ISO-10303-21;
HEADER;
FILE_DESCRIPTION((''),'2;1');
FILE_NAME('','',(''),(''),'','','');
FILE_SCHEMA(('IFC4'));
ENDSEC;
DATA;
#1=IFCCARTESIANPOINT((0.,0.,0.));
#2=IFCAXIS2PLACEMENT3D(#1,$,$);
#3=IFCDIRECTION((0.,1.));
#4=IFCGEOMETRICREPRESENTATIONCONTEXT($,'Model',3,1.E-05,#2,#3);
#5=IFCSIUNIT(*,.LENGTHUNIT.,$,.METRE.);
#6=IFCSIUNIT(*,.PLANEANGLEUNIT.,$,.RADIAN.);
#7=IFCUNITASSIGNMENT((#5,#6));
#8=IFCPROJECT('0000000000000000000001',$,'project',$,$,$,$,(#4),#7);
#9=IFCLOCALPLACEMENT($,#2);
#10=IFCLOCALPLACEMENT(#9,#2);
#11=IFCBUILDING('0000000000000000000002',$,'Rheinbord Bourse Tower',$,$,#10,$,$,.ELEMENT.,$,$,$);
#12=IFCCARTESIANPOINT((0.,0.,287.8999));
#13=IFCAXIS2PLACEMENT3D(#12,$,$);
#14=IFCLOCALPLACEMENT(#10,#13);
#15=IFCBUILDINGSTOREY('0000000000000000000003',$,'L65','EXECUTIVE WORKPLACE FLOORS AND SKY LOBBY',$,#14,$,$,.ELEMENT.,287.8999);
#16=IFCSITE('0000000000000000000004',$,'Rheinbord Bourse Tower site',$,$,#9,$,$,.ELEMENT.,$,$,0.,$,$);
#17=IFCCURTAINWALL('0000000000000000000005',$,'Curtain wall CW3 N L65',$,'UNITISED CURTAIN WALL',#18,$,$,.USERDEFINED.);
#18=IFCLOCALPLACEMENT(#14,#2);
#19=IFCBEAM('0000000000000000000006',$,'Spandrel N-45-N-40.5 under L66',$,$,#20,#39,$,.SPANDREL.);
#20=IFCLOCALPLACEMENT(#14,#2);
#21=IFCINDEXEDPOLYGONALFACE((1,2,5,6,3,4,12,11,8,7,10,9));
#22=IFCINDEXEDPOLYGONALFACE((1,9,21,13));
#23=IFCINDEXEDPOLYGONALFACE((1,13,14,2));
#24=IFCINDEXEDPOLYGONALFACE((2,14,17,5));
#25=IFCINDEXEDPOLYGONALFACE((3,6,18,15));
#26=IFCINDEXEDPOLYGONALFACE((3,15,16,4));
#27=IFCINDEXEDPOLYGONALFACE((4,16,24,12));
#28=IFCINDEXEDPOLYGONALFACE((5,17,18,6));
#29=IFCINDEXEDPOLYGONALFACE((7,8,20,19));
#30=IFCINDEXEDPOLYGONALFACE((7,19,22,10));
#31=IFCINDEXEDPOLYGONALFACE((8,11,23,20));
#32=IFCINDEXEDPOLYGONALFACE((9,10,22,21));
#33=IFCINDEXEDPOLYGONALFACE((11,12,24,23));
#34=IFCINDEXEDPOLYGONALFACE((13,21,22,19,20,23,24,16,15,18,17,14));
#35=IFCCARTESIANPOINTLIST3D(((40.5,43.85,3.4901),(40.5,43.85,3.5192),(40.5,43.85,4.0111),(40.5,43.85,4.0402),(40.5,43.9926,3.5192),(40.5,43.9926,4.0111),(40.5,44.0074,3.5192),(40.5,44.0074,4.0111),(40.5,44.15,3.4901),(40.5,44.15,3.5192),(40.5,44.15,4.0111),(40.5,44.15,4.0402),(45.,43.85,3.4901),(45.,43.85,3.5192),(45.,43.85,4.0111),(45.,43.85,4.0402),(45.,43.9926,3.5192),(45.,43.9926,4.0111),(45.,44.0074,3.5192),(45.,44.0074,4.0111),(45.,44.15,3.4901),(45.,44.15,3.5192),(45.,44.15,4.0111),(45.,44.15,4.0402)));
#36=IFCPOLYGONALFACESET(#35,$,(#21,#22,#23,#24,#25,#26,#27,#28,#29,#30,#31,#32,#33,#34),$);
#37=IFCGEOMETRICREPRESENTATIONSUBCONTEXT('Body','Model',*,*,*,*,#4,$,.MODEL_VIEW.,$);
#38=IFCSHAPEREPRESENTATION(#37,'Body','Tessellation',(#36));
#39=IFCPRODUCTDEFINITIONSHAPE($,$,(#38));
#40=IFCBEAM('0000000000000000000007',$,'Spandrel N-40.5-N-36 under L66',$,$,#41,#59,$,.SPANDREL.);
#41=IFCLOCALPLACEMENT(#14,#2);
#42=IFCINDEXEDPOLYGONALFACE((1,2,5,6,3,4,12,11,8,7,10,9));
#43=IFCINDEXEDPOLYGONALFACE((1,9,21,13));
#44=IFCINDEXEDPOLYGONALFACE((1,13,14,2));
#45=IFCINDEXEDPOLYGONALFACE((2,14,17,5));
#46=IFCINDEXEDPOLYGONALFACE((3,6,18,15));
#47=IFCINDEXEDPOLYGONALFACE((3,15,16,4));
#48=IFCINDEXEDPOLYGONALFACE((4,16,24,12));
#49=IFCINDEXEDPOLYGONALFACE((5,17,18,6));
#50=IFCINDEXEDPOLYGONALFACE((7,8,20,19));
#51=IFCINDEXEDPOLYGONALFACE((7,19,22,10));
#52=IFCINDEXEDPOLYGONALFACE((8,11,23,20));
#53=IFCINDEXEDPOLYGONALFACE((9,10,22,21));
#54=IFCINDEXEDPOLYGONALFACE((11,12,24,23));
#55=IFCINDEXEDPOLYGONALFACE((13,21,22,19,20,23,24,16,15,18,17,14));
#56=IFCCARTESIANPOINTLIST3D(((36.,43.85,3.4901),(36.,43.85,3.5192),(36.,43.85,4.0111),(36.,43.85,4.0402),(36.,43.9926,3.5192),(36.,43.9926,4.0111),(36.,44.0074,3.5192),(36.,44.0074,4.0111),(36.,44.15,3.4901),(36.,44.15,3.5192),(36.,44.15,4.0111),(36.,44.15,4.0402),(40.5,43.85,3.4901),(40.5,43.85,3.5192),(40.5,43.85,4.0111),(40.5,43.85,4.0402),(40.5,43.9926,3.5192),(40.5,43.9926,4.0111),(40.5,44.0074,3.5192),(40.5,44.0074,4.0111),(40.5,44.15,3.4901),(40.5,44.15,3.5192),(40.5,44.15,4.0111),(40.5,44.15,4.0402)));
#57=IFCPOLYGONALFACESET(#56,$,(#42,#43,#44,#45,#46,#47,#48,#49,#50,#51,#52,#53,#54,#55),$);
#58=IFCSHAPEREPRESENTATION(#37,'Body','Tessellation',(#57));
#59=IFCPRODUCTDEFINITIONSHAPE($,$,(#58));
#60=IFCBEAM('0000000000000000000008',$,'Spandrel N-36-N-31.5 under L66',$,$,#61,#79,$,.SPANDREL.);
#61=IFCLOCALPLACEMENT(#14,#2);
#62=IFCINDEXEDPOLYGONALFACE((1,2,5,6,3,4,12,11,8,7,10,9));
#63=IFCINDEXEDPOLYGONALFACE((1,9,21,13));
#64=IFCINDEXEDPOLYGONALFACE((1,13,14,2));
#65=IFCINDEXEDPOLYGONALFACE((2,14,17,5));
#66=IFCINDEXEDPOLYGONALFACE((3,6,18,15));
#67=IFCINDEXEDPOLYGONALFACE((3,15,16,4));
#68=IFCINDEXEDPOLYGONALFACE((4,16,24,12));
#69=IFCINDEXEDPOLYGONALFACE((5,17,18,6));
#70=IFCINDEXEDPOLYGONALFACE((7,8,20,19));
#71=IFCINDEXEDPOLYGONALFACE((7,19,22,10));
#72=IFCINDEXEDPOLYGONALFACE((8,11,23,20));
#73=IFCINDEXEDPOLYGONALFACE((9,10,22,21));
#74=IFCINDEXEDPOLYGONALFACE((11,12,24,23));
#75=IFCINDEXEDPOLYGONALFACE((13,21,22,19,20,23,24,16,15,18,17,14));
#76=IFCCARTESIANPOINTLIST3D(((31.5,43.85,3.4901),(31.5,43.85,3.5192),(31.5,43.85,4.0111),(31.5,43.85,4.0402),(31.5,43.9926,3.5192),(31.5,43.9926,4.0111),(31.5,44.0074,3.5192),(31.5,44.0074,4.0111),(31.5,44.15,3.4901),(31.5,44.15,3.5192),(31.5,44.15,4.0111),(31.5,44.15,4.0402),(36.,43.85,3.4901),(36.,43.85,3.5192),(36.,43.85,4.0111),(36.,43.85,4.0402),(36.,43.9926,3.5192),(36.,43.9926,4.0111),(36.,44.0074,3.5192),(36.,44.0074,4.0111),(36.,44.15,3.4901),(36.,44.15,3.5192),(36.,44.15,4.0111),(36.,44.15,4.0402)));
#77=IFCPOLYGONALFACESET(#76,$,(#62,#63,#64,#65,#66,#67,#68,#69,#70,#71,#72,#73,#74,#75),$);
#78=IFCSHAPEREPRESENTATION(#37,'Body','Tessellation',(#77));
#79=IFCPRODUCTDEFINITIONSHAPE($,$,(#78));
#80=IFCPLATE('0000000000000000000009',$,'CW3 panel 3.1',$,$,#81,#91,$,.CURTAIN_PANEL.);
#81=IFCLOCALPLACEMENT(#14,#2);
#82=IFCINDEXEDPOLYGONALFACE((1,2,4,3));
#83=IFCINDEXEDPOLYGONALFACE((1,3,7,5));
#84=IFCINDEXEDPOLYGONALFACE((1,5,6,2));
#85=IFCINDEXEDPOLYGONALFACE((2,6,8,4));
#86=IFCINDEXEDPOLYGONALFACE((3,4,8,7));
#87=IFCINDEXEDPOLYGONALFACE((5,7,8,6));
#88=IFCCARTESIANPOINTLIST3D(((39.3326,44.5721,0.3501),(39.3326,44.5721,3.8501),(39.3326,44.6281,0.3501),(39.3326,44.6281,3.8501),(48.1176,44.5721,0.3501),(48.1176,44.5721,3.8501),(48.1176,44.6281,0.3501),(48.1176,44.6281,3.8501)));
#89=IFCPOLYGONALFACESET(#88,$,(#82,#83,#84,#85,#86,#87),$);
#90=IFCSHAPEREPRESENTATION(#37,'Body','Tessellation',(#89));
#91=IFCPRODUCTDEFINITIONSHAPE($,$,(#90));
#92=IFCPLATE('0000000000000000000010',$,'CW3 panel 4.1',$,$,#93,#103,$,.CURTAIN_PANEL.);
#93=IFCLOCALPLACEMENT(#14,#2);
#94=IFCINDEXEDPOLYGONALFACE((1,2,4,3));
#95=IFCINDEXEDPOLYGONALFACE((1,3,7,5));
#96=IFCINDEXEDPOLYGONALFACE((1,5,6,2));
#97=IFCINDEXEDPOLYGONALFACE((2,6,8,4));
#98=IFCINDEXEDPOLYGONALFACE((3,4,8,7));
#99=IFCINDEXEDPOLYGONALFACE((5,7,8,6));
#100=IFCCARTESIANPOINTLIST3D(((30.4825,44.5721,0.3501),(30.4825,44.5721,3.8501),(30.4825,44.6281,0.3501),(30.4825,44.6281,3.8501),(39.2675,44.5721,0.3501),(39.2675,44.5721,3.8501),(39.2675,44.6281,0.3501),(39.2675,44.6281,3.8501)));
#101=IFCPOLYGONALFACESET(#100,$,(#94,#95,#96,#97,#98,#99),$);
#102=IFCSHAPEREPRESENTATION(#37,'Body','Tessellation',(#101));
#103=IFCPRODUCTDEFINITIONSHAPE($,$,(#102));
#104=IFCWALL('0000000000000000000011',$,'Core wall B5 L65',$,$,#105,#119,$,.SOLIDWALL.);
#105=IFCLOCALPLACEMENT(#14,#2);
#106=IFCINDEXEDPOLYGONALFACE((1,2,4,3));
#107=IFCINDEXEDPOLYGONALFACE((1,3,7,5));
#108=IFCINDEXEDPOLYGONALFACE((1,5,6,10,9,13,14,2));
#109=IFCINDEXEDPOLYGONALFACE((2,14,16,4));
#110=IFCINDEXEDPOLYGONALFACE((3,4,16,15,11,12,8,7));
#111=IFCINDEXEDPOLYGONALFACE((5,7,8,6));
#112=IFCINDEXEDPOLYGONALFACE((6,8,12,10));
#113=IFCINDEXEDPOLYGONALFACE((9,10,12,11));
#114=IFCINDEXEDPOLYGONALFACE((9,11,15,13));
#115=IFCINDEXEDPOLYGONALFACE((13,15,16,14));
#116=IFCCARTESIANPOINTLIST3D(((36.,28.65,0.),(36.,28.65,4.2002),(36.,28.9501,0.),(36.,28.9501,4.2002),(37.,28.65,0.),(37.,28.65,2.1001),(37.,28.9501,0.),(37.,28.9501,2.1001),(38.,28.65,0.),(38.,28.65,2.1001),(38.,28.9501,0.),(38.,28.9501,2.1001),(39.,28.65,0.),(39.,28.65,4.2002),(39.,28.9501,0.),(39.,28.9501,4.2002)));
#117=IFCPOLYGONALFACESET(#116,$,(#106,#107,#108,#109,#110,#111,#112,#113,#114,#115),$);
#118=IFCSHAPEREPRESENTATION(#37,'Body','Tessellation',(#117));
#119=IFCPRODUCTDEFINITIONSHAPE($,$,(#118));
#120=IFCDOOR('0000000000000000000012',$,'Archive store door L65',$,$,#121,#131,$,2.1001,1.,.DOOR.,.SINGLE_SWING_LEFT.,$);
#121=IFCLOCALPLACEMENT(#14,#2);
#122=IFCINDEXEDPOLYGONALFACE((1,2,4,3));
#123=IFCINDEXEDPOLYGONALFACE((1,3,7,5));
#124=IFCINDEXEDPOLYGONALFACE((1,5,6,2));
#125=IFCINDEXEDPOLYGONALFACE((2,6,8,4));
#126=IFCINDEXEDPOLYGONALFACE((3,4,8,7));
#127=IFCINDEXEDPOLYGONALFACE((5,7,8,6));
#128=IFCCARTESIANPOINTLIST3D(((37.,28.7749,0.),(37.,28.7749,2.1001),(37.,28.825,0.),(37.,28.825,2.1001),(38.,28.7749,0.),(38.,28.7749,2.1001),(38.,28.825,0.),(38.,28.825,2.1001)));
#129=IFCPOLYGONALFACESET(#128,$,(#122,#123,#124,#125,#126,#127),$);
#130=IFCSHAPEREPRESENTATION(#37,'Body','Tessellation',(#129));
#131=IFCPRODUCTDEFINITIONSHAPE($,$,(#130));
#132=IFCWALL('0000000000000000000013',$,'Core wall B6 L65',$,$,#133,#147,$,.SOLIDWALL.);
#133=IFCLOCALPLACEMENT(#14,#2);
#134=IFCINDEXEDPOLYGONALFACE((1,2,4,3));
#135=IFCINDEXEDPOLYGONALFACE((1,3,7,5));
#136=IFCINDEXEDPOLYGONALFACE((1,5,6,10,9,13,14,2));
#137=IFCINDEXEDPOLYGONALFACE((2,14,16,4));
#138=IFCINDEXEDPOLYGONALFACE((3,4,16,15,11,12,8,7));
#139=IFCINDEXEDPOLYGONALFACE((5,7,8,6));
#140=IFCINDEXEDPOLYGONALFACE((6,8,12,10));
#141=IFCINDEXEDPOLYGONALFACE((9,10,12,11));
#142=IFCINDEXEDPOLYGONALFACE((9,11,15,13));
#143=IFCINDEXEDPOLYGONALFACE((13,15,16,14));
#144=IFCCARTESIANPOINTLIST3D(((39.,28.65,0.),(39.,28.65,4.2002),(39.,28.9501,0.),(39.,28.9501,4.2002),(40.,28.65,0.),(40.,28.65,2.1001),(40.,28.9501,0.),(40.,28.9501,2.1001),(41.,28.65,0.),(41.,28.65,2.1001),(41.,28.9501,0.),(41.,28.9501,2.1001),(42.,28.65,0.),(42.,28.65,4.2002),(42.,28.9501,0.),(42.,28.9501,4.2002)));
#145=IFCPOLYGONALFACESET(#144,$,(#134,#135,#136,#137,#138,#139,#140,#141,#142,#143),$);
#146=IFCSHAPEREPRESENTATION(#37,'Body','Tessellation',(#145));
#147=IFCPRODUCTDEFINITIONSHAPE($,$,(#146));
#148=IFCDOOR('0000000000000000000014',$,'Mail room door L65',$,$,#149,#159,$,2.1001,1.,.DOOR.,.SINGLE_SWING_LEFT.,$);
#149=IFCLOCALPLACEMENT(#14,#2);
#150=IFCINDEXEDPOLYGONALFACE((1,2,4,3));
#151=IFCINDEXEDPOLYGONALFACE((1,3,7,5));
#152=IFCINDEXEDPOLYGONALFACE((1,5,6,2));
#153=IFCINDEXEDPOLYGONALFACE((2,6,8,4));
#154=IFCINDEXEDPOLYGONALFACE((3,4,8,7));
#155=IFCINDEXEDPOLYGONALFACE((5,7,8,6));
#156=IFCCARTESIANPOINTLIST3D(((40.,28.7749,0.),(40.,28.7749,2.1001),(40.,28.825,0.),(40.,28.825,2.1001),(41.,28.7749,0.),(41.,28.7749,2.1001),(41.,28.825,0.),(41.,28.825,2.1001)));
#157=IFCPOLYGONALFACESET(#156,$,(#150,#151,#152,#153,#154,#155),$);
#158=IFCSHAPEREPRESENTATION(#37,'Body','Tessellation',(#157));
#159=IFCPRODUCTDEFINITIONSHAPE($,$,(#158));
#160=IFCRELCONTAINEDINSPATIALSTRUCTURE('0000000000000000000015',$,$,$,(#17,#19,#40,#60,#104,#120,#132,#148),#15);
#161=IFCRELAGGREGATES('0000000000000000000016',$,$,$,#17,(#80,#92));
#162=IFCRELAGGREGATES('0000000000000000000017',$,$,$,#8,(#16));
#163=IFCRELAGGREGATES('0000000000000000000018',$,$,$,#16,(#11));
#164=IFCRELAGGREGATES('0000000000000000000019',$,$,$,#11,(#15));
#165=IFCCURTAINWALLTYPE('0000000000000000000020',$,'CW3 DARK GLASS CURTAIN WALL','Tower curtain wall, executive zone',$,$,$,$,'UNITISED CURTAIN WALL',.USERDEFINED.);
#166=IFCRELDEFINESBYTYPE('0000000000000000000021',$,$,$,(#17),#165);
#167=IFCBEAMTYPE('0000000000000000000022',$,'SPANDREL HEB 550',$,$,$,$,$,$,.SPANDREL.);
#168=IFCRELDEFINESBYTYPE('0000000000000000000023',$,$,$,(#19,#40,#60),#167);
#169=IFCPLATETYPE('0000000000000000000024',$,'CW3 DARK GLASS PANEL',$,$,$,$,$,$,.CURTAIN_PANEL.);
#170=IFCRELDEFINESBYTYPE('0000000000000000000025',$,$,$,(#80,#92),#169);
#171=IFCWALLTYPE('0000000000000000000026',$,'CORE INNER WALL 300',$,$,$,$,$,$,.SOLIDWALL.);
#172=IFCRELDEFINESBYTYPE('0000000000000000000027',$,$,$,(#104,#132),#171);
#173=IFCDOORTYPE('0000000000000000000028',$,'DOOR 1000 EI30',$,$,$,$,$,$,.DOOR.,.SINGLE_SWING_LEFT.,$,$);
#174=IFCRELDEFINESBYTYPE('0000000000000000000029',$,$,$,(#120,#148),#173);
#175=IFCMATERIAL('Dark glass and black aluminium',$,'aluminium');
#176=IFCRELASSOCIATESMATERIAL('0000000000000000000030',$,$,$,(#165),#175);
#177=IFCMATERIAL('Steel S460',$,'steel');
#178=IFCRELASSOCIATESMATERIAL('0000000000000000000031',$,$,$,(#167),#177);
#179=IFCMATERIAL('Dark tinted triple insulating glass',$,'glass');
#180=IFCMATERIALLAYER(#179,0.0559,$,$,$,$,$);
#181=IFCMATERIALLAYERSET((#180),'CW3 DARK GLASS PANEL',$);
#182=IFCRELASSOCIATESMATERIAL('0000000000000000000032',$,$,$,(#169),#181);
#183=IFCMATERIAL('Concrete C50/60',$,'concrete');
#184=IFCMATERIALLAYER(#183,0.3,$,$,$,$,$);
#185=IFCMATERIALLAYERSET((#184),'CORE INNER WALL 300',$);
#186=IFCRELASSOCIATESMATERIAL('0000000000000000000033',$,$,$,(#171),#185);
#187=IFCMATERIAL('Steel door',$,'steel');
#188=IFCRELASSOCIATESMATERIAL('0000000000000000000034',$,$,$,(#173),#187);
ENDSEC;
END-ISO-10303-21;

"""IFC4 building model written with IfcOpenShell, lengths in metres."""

from ifc_helpers import new_model, si_unit, direction, frame, frame_2d, origin, origin_2d, place, context, subcontext, project, spatial, rectangle, i_section, extrude, material, layer, layer_set, material_profile, profile_set, type_object, element, fill, aggregate, save


model = new_model("IFC4")

# Units and contexts
model_context = context("Model", 3, precision=1e-05, world=origin(), true_north=direction((0.0, 1.0)))
body_context = subcontext(model_context, "Body", "Model", "MODEL_VIEW")
ifc_project = project(units=[si_unit("LENGTHUNIT", "METRE"), si_unit("PLANEANGLEUNIT", "RADIAN")], contexts=[model_context])

# Site, building, storey
site_placement = place(None, origin())
site = spatial("IfcSite", under=ifc_project, at=site_placement, Name="Rheinbord Bourse Tower site", CompositionType="ELEMENT", RefElevation=0.0)
building_placement = place(site_placement, origin())
building = spatial("IfcBuilding", under=site, at=building_placement, Name="Rheinbord Bourse Tower", CompositionType="ELEMENT")
storey_placement = place(building_placement, frame((0.0, 0.0, 287.8999)))
storey = spatial("IfcBuildingStorey", under=building, at=storey_placement, Name="L65", Description="EXECUTIVE WORKPLACE FLOORS AND SKY LOBBY", CompositionType="ELEMENT", Elevation=287.8999)

# Curtain wall
ifc_material_1 = material(Name="Dark glass and black aluminium", Category="aluminium")
curtain_wall_type = type_object("IfcCurtainWallType", Name="CW3 DARK GLASS CURTAIN WALL", Description="Tower curtain wall, executive zone", ElementType="UNITISED CURTAIN WALL", PredefinedType="USERDEFINED", material=ifc_material_1)
curtain_wall_placement = place(storey_placement, origin())
curtain_wall = element("IfcCurtainWall", 1, at=curtain_wall_placement, inside=storey, type_object=curtain_wall_type, Name="Curtain wall CW3 N L65", ObjectType="UNITISED CURTAIN WALL", PredefinedType="USERDEFINED")

# Beams
ifc_material_2 = material(Name="Steel S460", Category="steel")
ifc_material_profile_1 = material_profile(ifc_material_2, i_section(OverallWidth=0.3, OverallDepth=0.55, WebThickness=0.0149, FlangeThickness=0.0291, at=origin_2d()), Name="HEB 550")
ifc_profile_set_1 = profile_set([ifc_material_profile_1], Name="Steel S460")
beam_type_1 = type_object("IfcBeamType", Name="SPANDREL HEB 550", PredefinedType="SPANDREL", material=ifc_profile_set_1)
for number, where, z_axis, x_axis, name in (
    (2, (45.0, 44.0, 3.7651), (-1.0, 0.0, 0.0), (0.0, -1.0, 0.0), "Spandrel N-45-N-40.5 under L66"),
    (3, (40.5, 44.0, 3.7651), (-1.0, 0.0, 0.0), (0.0, -1.0, 0.0), "Spandrel N-40.5-N-36 under L66"),
    (4, (36.0, 44.0, 3.7651), (-1.0, 0.0, 0.0), (0.0, -1.0, 0.0), "Spandrel N-36-N-31.5 under L66"),
):
    element("IfcBeam", number, at=place(storey_placement, frame(where, z_axis=z_axis, x_axis=x_axis)), inside=storey, type_object=beam_type_1, Name=name, PredefinedType="SPANDREL", context=body_context, shape_type="SweptSolid", body=[
        extrude(i_section(OverallWidth=0.3, OverallDepth=0.55, WebThickness=0.0149, FlangeThickness=0.0291, at=origin_2d()), origin(), (0.0, 0.0, 1.0), 4.5),
    ])

# Plates
ifc_material_3 = material(Name="Dark tinted triple insulating glass", Category="glass")
ifc_layer_1 = layer(ifc_material_3, 0.0559)
ifc_layer_set_1 = layer_set([ifc_layer_1], Name="CW3 DARK GLASS PANEL")
plate_type = type_object("IfcPlateType", Name="CW3 DARK GLASS PANEL", PredefinedType="CURTAIN_PANEL", material=ifc_layer_set_1)
plate_1_placement = place(storey_placement, frame((43.7251, 44.6001, 0.3501), z_axis=(0.0, 0.0, 1.0), x_axis=(-1.0, 0.0, 0.0)))
plate_1 = element("IfcPlate", 5, at=plate_1_placement, type_object=plate_type, Name="CW3 panel 3.1", PredefinedType="CURTAIN_PANEL", context=body_context, shape_type="SweptSolid", body=[
    extrude(rectangle(XDim=8.7849, YDim=0.0559, at=origin_2d()), origin(), (0.0, 0.0, 1.0), 3.5),
])
plate_2_placement = place(storey_placement, frame((34.875, 44.6001, 0.3501), z_axis=(0.0, 0.0, 1.0), x_axis=(-1.0, 0.0, 0.0)))
plate_2 = element("IfcPlate", 6, at=plate_2_placement, type_object=plate_type, Name="CW3 panel 4.1", PredefinedType="CURTAIN_PANEL", context=body_context, shape_type="SweptSolid", body=[
    extrude(rectangle(XDim=8.7849, YDim=0.0559, at=origin_2d()), origin(), (0.0, 0.0, 1.0), 3.5),
])
aggregate(curtain_wall, [plate_1, plate_2])

# Walls, openings, doors
ifc_material_4 = material(Name="Concrete C50/60", Category="concrete")
ifc_layer_2 = layer(ifc_material_4, 0.3)
ifc_layer_set_2 = layer_set([ifc_layer_2], Name="CORE INNER WALL 300")
wall_type_1 = type_object("IfcWallType", Name="CORE INNER WALL 300", PredefinedType="SOLIDWALL", material=ifc_layer_set_2)
wall_1_placement = place(storey_placement, frame((36.0, 28.8, 0.0), z_axis=(0.0, 0.0, 1.0), x_axis=(1.0, 0.0, 0.0)))
wall_1 = element("IfcWall", 7, at=wall_1_placement, inside=storey, type_object=wall_type_1, Name="Core wall B5 L65", PredefinedType="SOLIDWALL", context=body_context, shape_type="SweptSolid", body=[
    extrude(rectangle(XDim=3.0, YDim=0.3, at=frame_2d((1.5, 0.0))), origin(), (0.0, 0.0, 1.0), 4.2002),
])
opening_1_placement = place(wall_1_placement, frame((1.0, 0.0, 0.0)))
opening_1 = element("IfcOpeningElement", 8, at=opening_1_placement, cuts=wall_1, PredefinedType="OPENING", context=body_context, shape_type="SweptSolid", body=[
    extrude(rectangle(XDim=1.0, YDim=2.1001, at=frame_2d((0.5, 1.05))), frame((0.0, 0.1599, 0.0), z_axis=(0.0, -1.0, 0.0), x_axis=(1.0, 0.0, 0.0)), (0.0, 0.0, 1.0), 0.3201),
])
ifc_material_5 = material(Name="Steel door", Category="steel")
door_type_1 = type_object("IfcDoorType", Name="DOOR 1000 EI30", OperationType="SINGLE_SWING_LEFT", PredefinedType="DOOR", material=ifc_material_5)
door_1_placement = place(opening_1_placement, origin())
door_1 = element("IfcDoor", 9, at=door_1_placement, inside=storey, type_object=door_type_1, Name="Archive store door L65", OperationType="SINGLE_SWING_LEFT", OverallHeight=2.1001, OverallWidth=1.0, PredefinedType="DOOR", context=body_context, shape_type="SweptSolid", body=[
    extrude(rectangle(XDim=1.0, YDim=2.1001, at=frame_2d((0.5, 1.05))), frame((0.0, 0.0249, 0.0), z_axis=(0.0, -1.0, 0.0), x_axis=(1.0, 0.0, 0.0)), (0.0, 0.0, 1.0), 0.05),
])
fill(opening_1, door_1)
wall_2_placement = place(storey_placement, frame((39.0, 28.8, 0.0), z_axis=(0.0, 0.0, 1.0), x_axis=(1.0, 0.0, 0.0)))
wall_2 = element("IfcWall", 10, at=wall_2_placement, inside=storey, type_object=wall_type_1, Name="Core wall B6 L65", PredefinedType="SOLIDWALL", context=body_context, shape_type="SweptSolid", body=[
    extrude(rectangle(XDim=3.0, YDim=0.3, at=frame_2d((1.5, 0.0))), origin(), (0.0, 0.0, 1.0), 4.2002),
])
opening_2_placement = place(wall_2_placement, frame((1.0, 0.0, 0.0)))
opening_2 = element("IfcOpeningElement", 11, at=opening_2_placement, cuts=wall_2, PredefinedType="OPENING", context=body_context, shape_type="SweptSolid", body=[
    extrude(rectangle(XDim=1.0, YDim=2.1001, at=frame_2d((0.5, 1.05))), frame((0.0, 0.1599, 0.0), z_axis=(0.0, -1.0, 0.0), x_axis=(1.0, 0.0, 0.0)), (0.0, 0.0, 1.0), 0.3201),
])
door_2_placement = place(opening_2_placement, origin())
door_2 = element("IfcDoor", 12, at=door_2_placement, inside=storey, type_object=door_type_1, Name="Mail room door L65", OperationType="SINGLE_SWING_LEFT", OverallHeight=2.1001, OverallWidth=1.0, PredefinedType="DOOR", context=body_context, shape_type="SweptSolid", body=[
    extrude(rectangle(XDim=1.0, YDim=2.1001, at=frame_2d((0.5, 1.05))), frame((0.0, 0.0249, 0.0), z_axis=(0.0, -1.0, 0.0), x_axis=(1.0, 0.0, 0.0)), (0.0, 0.0, 1.0), 0.05),
])
fill(opening_2, door_2)

save(model, "model.ifc")
